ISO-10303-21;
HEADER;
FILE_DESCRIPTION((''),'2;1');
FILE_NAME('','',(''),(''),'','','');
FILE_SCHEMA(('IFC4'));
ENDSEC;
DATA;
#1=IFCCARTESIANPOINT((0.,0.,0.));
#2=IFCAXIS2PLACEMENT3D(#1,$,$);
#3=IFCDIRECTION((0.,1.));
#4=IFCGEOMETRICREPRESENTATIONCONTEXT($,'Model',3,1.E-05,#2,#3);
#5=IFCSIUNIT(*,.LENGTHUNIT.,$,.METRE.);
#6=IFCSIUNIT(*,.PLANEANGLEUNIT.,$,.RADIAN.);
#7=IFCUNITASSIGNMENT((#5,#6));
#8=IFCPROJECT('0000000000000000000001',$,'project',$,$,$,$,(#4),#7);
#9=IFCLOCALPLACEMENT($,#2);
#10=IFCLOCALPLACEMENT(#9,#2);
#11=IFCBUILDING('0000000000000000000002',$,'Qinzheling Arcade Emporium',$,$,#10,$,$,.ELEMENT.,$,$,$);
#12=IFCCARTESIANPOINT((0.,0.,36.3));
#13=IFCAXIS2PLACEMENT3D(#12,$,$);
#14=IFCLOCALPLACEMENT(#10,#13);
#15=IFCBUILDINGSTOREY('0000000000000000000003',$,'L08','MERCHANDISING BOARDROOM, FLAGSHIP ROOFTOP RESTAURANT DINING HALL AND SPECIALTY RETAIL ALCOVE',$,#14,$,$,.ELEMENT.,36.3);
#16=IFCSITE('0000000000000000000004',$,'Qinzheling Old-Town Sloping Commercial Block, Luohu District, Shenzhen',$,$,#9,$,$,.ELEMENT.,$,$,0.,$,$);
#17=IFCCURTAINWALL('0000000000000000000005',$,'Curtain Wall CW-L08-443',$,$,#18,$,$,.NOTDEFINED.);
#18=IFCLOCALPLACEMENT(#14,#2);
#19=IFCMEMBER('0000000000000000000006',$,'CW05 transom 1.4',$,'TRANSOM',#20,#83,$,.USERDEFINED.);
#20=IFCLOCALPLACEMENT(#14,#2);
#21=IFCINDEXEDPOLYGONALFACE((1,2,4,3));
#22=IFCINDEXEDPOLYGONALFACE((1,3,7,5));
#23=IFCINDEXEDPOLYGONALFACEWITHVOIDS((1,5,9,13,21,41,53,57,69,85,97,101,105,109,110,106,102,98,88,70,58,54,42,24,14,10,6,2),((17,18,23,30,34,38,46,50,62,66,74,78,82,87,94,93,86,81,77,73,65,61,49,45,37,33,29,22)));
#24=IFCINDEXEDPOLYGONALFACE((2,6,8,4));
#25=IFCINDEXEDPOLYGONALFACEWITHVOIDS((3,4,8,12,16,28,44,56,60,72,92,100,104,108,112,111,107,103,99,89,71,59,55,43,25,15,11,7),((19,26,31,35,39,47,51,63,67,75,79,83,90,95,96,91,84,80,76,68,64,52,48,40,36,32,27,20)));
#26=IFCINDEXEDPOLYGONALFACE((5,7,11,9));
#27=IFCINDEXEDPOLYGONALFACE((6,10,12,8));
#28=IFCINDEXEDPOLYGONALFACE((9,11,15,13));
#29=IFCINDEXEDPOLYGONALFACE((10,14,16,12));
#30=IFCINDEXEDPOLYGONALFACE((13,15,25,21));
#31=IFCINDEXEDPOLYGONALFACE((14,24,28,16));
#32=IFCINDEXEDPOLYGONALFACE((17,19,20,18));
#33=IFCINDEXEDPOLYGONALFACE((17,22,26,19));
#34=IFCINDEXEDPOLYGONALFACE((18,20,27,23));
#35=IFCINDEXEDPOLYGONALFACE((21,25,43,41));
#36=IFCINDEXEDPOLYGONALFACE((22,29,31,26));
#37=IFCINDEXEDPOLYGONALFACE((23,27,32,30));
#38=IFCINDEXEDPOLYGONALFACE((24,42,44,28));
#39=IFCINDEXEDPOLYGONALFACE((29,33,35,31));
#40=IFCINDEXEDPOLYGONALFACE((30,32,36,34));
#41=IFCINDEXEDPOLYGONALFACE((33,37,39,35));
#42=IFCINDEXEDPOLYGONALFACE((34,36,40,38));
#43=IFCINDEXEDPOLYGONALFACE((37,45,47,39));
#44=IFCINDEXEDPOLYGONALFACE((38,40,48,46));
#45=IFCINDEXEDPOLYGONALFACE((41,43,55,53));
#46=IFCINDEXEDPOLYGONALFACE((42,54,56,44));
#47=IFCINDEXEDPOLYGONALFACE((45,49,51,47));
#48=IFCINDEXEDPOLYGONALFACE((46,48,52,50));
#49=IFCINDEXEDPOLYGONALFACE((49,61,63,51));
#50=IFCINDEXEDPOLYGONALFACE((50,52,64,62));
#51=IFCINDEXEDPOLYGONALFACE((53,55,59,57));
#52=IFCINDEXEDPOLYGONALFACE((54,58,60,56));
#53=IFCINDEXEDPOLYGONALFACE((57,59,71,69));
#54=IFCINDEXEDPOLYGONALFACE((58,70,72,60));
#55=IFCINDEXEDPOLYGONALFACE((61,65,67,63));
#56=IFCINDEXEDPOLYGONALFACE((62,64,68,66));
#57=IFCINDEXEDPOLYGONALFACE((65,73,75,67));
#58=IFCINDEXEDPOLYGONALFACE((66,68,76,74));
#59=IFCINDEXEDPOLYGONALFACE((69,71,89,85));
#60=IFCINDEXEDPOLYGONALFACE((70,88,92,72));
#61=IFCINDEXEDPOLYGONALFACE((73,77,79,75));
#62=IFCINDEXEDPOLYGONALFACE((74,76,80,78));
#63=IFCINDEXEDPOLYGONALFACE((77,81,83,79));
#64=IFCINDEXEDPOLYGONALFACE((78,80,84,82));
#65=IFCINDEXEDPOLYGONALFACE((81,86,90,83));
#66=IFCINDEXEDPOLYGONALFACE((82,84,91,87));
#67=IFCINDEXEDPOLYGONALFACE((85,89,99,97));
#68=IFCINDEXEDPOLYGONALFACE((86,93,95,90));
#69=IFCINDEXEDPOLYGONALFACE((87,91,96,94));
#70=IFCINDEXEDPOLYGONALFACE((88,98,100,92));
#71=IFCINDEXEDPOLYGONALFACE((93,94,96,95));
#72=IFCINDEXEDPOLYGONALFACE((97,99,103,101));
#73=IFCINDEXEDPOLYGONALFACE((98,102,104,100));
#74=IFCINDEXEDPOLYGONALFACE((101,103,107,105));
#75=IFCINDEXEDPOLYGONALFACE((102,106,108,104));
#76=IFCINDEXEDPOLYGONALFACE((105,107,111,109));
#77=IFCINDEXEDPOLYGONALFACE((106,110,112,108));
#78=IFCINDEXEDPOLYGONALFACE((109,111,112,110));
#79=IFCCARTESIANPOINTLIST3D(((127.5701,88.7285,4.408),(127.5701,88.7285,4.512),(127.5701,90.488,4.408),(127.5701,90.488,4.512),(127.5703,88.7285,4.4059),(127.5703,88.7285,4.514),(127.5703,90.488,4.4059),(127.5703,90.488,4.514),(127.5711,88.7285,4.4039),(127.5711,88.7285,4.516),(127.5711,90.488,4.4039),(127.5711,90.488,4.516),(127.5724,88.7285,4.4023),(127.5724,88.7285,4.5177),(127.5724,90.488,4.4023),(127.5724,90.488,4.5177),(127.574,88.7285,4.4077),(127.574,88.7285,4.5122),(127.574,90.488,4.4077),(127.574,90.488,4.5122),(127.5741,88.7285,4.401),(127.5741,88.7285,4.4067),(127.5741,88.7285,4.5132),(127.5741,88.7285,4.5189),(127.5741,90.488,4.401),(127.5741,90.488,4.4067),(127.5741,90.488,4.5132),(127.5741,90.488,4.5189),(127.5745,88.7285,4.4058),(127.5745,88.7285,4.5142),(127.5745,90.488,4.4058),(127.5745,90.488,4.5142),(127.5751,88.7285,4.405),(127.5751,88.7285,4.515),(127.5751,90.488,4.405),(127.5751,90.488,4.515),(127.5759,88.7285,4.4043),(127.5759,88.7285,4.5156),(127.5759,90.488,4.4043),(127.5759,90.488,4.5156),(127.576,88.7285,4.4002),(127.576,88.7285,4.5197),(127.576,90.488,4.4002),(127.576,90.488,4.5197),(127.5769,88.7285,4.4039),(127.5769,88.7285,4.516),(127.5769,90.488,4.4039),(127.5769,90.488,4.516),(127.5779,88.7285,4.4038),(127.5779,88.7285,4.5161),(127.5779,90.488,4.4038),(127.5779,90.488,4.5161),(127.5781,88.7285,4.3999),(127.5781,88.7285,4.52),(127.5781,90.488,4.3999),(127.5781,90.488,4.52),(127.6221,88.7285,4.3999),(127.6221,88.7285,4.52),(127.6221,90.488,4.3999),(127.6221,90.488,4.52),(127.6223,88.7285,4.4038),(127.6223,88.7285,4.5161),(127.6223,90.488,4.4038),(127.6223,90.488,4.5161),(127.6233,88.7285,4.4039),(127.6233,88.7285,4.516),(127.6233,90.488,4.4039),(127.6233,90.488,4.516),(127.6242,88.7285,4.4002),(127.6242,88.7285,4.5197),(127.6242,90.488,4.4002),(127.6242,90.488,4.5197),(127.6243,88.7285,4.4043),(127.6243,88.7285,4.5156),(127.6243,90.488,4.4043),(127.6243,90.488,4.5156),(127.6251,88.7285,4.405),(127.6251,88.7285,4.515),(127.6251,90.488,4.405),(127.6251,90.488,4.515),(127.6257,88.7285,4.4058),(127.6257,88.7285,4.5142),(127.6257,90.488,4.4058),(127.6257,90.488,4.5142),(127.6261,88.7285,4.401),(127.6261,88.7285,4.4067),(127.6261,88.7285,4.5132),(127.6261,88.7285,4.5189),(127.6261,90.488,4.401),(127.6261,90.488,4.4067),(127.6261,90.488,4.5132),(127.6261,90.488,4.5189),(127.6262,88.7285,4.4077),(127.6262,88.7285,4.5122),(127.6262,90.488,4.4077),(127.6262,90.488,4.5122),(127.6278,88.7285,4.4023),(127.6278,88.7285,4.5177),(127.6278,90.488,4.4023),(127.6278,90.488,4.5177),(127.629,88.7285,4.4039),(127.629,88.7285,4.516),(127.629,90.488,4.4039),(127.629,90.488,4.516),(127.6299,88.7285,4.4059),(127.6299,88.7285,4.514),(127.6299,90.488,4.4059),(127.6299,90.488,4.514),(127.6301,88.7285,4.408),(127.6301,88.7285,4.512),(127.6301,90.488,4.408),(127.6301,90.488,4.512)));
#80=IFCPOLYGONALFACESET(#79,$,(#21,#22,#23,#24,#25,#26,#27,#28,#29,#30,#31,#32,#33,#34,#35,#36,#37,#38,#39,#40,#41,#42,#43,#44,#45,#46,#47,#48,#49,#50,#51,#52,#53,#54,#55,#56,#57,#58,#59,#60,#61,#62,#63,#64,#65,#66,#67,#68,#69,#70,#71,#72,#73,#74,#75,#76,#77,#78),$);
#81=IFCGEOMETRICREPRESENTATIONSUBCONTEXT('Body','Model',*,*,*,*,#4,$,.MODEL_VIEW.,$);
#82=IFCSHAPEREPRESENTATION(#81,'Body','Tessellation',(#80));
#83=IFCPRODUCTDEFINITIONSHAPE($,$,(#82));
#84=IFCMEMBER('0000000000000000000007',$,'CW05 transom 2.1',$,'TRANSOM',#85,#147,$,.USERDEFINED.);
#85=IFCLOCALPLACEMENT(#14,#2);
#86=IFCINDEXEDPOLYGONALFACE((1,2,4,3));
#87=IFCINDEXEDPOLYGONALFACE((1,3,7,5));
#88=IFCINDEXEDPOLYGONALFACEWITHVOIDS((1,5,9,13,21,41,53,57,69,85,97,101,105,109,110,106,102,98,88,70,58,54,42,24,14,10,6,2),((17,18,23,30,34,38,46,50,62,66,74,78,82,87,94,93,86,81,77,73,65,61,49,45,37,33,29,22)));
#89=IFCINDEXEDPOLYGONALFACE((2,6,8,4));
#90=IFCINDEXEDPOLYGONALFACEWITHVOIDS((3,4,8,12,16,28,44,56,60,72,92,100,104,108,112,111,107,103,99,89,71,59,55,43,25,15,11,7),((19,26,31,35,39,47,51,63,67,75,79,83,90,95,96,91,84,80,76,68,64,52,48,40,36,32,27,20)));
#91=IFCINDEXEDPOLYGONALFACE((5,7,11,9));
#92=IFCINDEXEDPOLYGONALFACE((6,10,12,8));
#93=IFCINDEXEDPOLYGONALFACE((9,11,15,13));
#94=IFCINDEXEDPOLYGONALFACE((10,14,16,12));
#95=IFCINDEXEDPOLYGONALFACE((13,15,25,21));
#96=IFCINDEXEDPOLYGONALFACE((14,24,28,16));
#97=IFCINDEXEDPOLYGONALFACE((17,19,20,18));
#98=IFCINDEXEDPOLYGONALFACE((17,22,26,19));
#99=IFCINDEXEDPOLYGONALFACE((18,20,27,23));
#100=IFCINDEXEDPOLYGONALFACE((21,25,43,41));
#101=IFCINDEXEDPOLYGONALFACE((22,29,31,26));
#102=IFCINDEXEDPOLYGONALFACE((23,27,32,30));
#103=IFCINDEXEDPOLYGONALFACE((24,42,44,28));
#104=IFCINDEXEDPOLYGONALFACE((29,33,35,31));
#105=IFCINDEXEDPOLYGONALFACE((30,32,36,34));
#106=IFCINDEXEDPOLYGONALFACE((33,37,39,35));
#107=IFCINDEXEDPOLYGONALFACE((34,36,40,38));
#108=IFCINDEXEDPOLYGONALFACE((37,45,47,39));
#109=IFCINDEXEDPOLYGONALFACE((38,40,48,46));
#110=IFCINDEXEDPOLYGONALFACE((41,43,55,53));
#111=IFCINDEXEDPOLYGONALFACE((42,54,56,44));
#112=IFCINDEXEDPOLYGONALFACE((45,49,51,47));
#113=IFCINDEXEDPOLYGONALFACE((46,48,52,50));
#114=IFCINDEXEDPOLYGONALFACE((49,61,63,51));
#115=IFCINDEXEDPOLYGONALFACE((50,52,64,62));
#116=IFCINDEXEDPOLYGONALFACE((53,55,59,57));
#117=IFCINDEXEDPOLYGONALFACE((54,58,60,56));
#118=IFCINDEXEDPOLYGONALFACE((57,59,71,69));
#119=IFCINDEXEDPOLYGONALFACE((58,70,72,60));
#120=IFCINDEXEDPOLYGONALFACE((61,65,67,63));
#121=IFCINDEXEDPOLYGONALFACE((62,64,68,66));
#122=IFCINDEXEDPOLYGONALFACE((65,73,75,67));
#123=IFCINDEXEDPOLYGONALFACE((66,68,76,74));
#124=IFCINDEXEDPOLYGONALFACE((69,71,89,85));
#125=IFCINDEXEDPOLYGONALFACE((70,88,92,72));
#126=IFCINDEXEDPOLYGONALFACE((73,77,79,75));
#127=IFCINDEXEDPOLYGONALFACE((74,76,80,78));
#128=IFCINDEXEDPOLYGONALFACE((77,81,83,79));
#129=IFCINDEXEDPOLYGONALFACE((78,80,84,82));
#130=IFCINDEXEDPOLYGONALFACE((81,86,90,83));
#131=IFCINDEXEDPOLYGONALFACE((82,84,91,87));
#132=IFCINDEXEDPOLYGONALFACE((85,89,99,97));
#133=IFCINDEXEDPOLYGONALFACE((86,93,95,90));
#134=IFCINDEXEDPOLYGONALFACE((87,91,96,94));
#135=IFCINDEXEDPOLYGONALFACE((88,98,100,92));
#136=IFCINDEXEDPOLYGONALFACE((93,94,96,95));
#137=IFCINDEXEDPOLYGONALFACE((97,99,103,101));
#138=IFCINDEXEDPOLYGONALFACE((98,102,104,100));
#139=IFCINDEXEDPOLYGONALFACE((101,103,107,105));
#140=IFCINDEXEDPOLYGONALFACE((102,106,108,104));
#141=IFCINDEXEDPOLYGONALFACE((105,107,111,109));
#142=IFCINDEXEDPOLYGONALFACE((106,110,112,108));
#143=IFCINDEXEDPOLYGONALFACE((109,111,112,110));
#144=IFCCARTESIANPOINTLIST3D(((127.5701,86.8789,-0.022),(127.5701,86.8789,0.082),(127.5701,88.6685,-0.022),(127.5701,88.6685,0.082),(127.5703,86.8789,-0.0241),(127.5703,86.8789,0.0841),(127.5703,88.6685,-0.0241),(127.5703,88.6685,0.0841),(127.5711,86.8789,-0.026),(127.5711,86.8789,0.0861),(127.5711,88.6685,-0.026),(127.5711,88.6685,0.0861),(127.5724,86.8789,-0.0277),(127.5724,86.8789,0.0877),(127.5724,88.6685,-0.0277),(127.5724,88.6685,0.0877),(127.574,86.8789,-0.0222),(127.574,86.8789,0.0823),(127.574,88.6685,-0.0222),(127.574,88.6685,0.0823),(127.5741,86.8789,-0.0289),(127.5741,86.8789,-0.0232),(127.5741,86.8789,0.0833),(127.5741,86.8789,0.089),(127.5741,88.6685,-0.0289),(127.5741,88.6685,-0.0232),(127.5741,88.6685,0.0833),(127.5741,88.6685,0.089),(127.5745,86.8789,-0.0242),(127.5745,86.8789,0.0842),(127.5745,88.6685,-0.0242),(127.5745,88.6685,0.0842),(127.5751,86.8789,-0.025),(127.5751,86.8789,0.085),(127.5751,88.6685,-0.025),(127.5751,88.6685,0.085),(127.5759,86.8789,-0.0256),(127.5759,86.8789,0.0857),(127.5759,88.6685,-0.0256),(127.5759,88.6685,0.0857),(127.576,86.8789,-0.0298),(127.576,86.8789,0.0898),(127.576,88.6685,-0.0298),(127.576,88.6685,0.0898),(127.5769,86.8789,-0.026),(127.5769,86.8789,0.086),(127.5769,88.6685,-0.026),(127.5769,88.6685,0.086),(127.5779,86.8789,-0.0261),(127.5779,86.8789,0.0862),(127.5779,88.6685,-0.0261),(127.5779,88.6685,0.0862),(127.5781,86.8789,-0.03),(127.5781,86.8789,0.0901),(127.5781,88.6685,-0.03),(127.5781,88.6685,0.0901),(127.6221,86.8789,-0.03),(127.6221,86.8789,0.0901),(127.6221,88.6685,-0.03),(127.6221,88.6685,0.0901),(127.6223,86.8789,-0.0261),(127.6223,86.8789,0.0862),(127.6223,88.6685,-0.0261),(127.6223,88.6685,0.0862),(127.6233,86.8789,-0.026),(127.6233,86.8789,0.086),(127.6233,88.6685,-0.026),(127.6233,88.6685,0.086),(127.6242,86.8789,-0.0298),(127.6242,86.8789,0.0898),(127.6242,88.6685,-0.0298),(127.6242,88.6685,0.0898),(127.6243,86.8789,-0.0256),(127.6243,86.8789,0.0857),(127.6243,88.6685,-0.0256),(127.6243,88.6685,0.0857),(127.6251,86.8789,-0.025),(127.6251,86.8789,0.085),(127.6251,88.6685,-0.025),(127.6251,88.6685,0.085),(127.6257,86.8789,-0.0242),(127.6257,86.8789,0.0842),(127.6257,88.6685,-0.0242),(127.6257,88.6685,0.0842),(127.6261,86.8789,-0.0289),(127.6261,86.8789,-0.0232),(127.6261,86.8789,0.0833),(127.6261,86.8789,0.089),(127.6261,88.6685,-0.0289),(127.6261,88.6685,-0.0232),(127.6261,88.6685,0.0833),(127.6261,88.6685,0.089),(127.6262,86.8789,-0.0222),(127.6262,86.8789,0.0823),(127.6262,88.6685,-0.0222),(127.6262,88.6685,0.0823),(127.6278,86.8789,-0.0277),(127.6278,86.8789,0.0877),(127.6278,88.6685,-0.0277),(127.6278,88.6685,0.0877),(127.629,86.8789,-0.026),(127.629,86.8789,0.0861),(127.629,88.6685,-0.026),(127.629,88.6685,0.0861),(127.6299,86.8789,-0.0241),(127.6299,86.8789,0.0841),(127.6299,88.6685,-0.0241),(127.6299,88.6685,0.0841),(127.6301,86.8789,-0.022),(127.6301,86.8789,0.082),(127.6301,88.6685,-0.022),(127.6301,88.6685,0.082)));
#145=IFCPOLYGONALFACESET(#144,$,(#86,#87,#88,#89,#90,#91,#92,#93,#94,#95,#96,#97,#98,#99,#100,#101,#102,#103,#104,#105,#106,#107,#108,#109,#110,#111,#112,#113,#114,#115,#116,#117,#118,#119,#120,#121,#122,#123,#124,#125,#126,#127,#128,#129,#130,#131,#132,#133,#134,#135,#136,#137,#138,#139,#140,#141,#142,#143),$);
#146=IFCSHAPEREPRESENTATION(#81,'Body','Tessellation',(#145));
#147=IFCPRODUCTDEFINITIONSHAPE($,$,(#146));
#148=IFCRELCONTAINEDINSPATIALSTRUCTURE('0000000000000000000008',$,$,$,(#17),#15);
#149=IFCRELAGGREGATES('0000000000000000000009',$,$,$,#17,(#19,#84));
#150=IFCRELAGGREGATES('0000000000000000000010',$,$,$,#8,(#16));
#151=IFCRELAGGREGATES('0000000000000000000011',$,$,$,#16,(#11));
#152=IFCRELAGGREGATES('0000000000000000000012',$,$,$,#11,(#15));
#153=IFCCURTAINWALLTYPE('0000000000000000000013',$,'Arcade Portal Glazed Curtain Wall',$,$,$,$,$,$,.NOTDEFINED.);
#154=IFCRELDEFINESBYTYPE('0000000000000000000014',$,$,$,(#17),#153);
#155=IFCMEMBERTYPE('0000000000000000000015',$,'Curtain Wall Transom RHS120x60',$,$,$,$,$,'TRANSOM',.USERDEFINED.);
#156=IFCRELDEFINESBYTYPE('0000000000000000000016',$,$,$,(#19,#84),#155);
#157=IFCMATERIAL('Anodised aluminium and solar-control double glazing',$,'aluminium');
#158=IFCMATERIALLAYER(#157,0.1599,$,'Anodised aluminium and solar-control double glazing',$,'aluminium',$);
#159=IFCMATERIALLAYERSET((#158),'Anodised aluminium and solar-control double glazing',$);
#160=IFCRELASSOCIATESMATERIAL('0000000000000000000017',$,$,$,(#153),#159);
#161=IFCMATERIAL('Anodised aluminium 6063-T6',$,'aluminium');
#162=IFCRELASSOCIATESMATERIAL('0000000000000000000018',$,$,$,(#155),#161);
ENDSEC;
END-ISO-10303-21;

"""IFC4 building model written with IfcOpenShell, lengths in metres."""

from ifc_helpers import new_model, si_unit, direction, frame, origin, origin_2d, place, context, subcontext, project, spatial, hollow_rectangle, extrude, material, layer, layer_set, material_profile, profile_set, type_object, element, aggregate, save


model = new_model("IFC4")

# Units and contexts
model_context = context("Model", 3, precision=1e-05, world=origin(), true_north=direction((0.0, 1.0)))
body_context = subcontext(model_context, "Body", "Model", "MODEL_VIEW")
ifc_project = project(units=[si_unit("LENGTHUNIT", "METRE"), si_unit("PLANEANGLEUNIT", "RADIAN")], contexts=[model_context])

# Site, building, storey
site_placement = place(None, origin())
site = spatial("IfcSite", under=ifc_project, at=site_placement, Name="Qinzheling Old-Town Sloping Commercial Block, Luohu District, Shenzhen", CompositionType="ELEMENT", RefElevation=0.0)
building_placement = place(site_placement, origin())
building = spatial("IfcBuilding", under=site, at=building_placement, Name="Qinzheling Arcade Emporium", CompositionType="ELEMENT")
storey_placement = place(building_placement, frame((0.0, 0.0, 36.3)))
storey = spatial("IfcBuildingStorey", under=building, at=storey_placement, Name="L08", Description="MERCHANDISING BOARDROOM, FLAGSHIP ROOFTOP RESTAURANT DINING HALL AND SPECIALTY RETAIL ALCOVE", CompositionType="ELEMENT", Elevation=36.3)

# Curtain wall, members
ifc_material_1 = material(Name="Anodised aluminium and solar-control double glazing", Category="aluminium")
ifc_layer_1 = layer(ifc_material_1, 0.1599, Name="Anodised aluminium and solar-control double glazing", Category="aluminium")
ifc_layer_set_1 = layer_set([ifc_layer_1], Name="Anodised aluminium and solar-control double glazing")
curtain_wall_type = type_object("IfcCurtainWallType", Name="Arcade Portal Glazed Curtain Wall", PredefinedType="NOTDEFINED", material=ifc_layer_set_1)
curtain_wall_placement = place(storey_placement, origin())
curtain_wall = element("IfcCurtainWall", 1, at=curtain_wall_placement, inside=storey, type_object=curtain_wall_type, Name="Curtain Wall CW-L08-443", PredefinedType="NOTDEFINED")
ifc_material_2 = material(Name="Anodised aluminium 6063-T6", Category="aluminium")
ifc_material_profile_1 = material_profile(ifc_material_2, hollow_rectangle(XDim=0.0601, YDim=0.1201, WallThickness=0.0039, InnerFilletRadius=0.0039, OuterFilletRadius=0.0081, at=origin_2d()), Name="RHS 120x60x4", Category="aluminium")
ifc_profile_set_1 = profile_set([ifc_material_profile_1], Name="Anodised aluminium 6063-T6")
member_type_1 = type_object("IfcMemberType", Name="Curtain Wall Transom RHS120x60", ElementType="TRANSOM", PredefinedType="USERDEFINED", material=ifc_profile_set_1)
member_1_placement = place(storey_placement, frame((127.6001, 90.488, 4.46), z_axis=(0.0, -1.0, 0.0), x_axis=(1.0, 0.0, 0.0)))
member_1 = element("IfcMember", 2, at=member_1_placement, type_object=member_type_1, Name="CW05 transom 1.4", ObjectType="TRANSOM", PredefinedType="USERDEFINED", context=body_context, shape_type="SweptSolid", body=[
    extrude(hollow_rectangle(XDim=0.0601, YDim=0.1201, WallThickness=0.0039, InnerFilletRadius=0.0039, OuterFilletRadius=0.0081, at=origin_2d()), origin(), (0.0, 0.0, 1.0), 1.7595),
])
member_2_placement = place(storey_placement, frame((127.6001, 88.6685, 0.03), z_axis=(0.0, -1.0, 0.0), x_axis=(1.0, 0.0, 0.0)))
member_2 = element("IfcMember", 3, at=member_2_placement, type_object=member_type_1, Name="CW05 transom 2.1", ObjectType="TRANSOM", PredefinedType="USERDEFINED", context=body_context, shape_type="SweptSolid", body=[
    extrude(hollow_rectangle(XDim=0.0601, YDim=0.1201, WallThickness=0.0039, InnerFilletRadius=0.0039, OuterFilletRadius=0.0081, at=origin_2d()), origin(), (0.0, 0.0, 1.0), 1.7896),
])

aggregate(curtain_wall, [member_1, member_2])

save(model, "model.ifc")
